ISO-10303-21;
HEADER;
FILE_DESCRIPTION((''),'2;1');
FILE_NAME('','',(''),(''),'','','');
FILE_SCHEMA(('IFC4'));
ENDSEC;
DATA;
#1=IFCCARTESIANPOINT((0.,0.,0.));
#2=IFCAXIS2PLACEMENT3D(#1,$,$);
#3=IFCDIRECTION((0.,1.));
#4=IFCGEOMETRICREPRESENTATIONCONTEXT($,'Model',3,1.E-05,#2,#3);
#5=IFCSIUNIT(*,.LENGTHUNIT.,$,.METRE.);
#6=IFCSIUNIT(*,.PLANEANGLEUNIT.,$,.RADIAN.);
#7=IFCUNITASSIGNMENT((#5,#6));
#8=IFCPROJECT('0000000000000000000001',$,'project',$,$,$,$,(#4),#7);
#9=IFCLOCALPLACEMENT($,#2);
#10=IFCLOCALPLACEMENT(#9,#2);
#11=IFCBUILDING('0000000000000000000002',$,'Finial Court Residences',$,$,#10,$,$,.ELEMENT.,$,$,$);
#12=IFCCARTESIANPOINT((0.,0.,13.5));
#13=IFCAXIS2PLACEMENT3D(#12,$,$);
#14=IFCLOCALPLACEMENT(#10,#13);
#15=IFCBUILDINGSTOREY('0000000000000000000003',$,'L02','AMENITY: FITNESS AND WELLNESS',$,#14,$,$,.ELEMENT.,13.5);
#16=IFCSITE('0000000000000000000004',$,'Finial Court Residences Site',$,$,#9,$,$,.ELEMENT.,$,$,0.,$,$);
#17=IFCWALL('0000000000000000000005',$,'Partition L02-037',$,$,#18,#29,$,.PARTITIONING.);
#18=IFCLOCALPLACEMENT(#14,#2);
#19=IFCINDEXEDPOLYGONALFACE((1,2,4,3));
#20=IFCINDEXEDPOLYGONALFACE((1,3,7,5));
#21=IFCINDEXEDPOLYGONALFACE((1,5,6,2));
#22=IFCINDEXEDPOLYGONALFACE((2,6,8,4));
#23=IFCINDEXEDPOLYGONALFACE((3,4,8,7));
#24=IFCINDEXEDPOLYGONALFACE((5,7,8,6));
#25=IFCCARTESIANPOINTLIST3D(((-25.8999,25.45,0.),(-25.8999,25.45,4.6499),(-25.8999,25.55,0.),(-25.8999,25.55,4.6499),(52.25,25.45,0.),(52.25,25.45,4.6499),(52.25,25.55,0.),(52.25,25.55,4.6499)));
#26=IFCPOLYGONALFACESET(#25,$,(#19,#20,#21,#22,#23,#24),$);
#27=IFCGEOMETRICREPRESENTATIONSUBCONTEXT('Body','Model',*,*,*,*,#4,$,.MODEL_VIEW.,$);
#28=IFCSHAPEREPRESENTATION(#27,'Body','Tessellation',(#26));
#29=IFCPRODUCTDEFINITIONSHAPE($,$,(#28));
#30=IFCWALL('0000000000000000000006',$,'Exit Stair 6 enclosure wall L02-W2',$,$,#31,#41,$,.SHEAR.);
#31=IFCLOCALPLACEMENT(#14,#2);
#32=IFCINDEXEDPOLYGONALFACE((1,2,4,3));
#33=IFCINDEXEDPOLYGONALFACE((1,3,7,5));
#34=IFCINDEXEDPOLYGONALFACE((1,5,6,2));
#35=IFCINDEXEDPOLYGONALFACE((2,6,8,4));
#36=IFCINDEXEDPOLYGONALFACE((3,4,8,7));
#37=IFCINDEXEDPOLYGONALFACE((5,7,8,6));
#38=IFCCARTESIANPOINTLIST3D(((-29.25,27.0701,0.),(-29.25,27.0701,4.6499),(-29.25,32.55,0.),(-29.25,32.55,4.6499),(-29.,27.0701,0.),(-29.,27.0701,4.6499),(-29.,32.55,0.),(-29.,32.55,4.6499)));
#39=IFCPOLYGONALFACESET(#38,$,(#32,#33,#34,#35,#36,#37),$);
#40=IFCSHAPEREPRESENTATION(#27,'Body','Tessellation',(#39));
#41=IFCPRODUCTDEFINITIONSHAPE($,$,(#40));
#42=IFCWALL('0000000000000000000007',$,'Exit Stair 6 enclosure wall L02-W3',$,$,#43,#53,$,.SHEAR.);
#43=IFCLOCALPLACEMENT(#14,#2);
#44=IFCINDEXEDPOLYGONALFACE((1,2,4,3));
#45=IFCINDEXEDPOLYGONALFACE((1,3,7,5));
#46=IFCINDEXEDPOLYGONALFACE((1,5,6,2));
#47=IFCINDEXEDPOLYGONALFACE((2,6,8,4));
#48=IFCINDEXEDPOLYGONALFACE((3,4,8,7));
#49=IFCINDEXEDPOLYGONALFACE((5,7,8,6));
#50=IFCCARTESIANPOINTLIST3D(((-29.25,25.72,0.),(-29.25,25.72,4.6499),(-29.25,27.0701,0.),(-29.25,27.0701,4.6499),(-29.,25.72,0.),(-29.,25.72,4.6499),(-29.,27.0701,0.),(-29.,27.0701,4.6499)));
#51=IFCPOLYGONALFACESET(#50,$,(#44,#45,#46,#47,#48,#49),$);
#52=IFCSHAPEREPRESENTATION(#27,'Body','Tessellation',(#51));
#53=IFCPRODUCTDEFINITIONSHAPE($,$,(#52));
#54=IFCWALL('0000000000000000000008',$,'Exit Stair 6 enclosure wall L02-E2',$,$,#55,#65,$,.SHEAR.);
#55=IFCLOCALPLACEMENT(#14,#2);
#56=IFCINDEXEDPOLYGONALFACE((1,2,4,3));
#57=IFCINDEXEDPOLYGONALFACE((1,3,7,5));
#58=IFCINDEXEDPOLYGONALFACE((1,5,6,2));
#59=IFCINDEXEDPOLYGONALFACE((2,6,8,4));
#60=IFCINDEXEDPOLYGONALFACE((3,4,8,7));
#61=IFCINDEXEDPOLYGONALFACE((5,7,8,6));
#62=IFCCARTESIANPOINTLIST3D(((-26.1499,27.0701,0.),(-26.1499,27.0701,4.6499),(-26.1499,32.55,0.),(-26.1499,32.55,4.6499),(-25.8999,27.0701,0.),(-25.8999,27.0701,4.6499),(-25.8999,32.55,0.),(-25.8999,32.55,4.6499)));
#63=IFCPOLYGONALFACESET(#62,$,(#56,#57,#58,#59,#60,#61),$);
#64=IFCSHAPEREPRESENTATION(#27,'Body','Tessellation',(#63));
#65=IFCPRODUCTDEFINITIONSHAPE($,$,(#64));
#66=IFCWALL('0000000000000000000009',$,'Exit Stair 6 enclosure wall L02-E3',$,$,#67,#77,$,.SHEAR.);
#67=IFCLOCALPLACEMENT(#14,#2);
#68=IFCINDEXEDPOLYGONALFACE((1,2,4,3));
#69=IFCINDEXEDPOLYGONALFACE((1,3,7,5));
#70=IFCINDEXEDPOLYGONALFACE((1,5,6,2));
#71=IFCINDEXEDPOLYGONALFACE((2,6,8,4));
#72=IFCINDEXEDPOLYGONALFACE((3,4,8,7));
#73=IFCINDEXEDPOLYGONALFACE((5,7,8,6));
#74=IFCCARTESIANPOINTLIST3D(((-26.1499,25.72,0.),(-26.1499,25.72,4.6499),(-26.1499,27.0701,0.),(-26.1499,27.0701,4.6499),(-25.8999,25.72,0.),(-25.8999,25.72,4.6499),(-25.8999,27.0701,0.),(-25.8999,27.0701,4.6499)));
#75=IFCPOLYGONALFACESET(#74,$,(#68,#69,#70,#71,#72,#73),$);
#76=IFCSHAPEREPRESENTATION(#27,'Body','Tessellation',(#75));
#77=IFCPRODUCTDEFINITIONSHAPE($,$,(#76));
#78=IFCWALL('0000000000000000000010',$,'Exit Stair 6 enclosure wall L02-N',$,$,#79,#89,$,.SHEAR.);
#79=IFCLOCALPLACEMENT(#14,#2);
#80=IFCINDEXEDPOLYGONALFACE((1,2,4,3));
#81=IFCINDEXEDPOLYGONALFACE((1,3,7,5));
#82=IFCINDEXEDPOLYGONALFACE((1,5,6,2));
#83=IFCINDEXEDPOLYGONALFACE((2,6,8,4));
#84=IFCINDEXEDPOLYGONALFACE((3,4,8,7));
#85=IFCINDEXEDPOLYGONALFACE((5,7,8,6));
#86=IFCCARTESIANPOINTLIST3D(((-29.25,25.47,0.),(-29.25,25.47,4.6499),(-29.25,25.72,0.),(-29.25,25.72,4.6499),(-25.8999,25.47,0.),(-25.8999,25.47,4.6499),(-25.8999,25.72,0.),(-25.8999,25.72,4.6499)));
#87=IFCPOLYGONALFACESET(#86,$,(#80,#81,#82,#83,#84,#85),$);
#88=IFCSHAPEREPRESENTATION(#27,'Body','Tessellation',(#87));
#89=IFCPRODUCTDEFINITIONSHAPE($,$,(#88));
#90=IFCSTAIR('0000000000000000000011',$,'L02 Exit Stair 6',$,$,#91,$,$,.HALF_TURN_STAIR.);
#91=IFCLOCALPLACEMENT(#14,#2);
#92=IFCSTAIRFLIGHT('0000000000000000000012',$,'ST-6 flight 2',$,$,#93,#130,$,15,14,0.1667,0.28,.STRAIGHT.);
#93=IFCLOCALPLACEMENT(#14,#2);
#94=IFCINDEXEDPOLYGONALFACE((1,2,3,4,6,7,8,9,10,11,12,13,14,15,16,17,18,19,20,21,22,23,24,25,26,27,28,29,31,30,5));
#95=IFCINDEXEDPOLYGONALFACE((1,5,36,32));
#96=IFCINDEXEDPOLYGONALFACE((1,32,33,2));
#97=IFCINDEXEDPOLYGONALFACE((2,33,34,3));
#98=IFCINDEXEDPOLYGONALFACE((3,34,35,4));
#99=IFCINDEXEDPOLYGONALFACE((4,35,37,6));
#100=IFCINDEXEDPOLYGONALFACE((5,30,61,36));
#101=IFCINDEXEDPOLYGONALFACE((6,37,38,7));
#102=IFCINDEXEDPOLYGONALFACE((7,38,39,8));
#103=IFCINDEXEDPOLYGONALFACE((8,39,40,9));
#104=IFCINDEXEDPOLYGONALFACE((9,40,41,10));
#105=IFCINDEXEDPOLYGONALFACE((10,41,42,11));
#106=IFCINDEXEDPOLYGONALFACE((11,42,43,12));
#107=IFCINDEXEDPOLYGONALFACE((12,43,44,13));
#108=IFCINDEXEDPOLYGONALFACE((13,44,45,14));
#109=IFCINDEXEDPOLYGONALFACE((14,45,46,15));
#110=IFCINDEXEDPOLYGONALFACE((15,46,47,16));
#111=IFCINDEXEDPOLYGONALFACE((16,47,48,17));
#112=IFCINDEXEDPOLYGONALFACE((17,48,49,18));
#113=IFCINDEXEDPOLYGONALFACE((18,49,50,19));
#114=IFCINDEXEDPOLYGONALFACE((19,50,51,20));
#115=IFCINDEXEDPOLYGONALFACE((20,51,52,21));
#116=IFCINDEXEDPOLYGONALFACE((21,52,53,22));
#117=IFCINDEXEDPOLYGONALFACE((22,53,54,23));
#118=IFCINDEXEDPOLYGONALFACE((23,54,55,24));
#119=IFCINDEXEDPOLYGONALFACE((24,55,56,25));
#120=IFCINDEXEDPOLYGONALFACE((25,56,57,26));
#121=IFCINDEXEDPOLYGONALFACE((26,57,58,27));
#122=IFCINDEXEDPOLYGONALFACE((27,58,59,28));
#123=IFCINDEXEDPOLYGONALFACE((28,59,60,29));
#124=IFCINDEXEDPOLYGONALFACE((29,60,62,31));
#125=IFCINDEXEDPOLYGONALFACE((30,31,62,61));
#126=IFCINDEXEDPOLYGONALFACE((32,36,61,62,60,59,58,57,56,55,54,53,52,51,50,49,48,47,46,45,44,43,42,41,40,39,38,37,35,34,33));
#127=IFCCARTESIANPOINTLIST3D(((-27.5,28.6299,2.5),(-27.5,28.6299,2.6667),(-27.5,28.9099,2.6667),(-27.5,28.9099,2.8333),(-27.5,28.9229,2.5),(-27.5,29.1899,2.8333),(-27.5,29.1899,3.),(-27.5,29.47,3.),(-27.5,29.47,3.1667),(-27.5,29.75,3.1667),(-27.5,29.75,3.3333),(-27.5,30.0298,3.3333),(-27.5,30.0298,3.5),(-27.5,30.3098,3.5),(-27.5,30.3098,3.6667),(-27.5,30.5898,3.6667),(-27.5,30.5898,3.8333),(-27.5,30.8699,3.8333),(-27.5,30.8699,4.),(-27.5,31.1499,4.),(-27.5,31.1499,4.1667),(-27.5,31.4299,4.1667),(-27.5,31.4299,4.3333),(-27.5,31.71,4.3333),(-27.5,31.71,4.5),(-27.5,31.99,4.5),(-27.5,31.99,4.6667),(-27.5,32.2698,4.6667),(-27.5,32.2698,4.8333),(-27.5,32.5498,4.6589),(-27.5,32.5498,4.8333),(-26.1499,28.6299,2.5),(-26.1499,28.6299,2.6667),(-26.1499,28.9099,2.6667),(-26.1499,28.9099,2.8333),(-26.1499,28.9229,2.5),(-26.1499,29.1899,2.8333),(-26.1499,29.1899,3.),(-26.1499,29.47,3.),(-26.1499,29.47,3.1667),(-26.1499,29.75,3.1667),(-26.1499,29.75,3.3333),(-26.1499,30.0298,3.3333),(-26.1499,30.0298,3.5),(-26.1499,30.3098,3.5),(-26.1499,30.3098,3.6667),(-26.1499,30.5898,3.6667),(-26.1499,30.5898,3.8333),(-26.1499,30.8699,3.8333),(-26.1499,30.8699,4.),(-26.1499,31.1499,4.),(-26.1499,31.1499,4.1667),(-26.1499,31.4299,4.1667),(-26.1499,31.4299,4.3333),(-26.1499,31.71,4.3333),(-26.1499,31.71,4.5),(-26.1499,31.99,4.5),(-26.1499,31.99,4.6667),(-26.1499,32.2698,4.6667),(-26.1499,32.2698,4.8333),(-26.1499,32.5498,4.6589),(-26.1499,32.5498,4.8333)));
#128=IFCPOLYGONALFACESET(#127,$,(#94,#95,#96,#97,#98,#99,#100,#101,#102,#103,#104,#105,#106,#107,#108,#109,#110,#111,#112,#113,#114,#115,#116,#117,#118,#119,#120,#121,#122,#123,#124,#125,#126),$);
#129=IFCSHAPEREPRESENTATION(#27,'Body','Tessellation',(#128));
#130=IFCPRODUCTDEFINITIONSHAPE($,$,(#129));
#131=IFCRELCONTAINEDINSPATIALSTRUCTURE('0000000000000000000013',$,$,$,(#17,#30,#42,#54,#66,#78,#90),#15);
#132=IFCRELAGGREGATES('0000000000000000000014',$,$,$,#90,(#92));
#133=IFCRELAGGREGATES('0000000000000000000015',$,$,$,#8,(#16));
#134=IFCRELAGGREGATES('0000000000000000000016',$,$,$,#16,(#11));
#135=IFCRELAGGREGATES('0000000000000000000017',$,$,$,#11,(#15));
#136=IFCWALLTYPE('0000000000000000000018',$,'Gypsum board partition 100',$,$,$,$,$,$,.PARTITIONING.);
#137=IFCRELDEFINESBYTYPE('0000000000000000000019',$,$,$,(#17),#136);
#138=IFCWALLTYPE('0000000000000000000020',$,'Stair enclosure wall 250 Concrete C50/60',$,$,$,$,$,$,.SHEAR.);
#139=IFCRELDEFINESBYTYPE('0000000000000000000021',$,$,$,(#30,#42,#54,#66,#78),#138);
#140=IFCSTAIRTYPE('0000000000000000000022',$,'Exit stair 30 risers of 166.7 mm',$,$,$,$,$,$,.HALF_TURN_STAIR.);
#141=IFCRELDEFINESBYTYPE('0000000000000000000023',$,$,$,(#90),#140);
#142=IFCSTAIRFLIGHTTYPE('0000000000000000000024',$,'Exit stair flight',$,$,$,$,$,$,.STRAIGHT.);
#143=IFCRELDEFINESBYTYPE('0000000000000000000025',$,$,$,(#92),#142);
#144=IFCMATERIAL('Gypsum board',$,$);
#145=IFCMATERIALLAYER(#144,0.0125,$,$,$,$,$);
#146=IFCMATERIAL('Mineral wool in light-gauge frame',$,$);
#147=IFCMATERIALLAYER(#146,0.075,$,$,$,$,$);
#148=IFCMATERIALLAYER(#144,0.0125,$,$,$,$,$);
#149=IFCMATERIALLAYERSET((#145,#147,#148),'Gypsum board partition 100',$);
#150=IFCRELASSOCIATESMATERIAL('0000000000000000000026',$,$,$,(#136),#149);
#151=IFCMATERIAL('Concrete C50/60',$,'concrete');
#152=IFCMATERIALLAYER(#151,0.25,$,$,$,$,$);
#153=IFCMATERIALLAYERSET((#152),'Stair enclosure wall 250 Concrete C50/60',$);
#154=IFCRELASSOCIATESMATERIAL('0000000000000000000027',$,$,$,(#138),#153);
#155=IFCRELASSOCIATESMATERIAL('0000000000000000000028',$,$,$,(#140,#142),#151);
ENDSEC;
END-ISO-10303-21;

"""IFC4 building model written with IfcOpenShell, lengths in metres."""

from ifc_helpers import new_model, si_unit, direction, frame, frame_2d, origin, place, context, subcontext, project, spatial, polyline, rectangle, outline, extrude, material, layer, layer_set, type_object, element, aggregate, save


model = new_model("IFC4")

# Units and contexts
model_context = context("Model", 3, precision=1e-05, world=origin(), true_north=direction((0.0, 1.0)))
body_context = subcontext(model_context, "Body", "Model", "MODEL_VIEW")
ifc_project = project(units=[si_unit("LENGTHUNIT", "METRE"), si_unit("PLANEANGLEUNIT", "RADIAN")], contexts=[model_context])

# Site, building, storey
site_placement = place(None, origin())
site = spatial("IfcSite", under=ifc_project, at=site_placement, Name="Finial Court Residences Site", CompositionType="ELEMENT", RefElevation=0.0)
building_placement = place(site_placement, origin())
building = spatial("IfcBuilding", under=site, at=building_placement, Name="Finial Court Residences", CompositionType="ELEMENT")
storey_placement = place(building_placement, frame((0.0, 0.0, 13.5)))
storey = spatial("IfcBuildingStorey", under=building, at=storey_placement, Name="L02", Description="AMENITY: FITNESS AND WELLNESS", CompositionType="ELEMENT", Elevation=13.5)

# Shared definitions
ifc_material_1 = material(Name="Concrete C50/60", Category="concrete")

# Shared definitions
ifc_material_2 = material(Name="Gypsum board")

# Walls
ifc_layer_1 = layer(ifc_material_2, 0.0125)
ifc_material_3 = material(Name="Mineral wool in light-gauge frame")
ifc_layer_2 = layer(ifc_material_3, 0.075)
ifc_layer_3 = layer(ifc_material_2, 0.0125)
ifc_layer_set_1 = layer_set([ifc_layer_1, ifc_layer_2, ifc_layer_3], Name="Gypsum board partition 100")
wall_type_1 = type_object("IfcWallType", Name="Gypsum board partition 100", PredefinedType="PARTITIONING", material=ifc_layer_set_1)
wall_1_placement = place(storey_placement, frame((-25.8999, 25.5, 0.0), z_axis=(0.0, 0.0, 1.0), x_axis=(1.0, 0.0, 0.0)))
element("IfcWall", 1, at=wall_1_placement, inside=storey, type_object=wall_type_1, Name="Partition L02-037", PredefinedType="PARTITIONING", context=body_context, shape_type="SweptSolid", body=[
    extrude(rectangle(XDim=78.1499, YDim=0.1001, at=frame_2d((39.075, 0.0))), origin(), (0.0, 0.0, 1.0), 4.6499),
])
ifc_layer_4 = layer(ifc_material_1, 0.25)
ifc_layer_set_2 = layer_set([ifc_layer_4], Name="Stair enclosure wall 250 Concrete C50/60")
wall_type_2 = type_object("IfcWallType", Name="Stair enclosure wall 250 Concrete C50/60", PredefinedType="SHEAR", material=ifc_layer_set_2)
wall_2_placement = place(storey_placement, frame((-29.125, 27.0701, 0.0), z_axis=(0.0, 0.0, 1.0), x_axis=(0.0, 1.0, 0.0)))
element("IfcWall", 2, at=wall_2_placement, inside=storey, type_object=wall_type_2, Name="Exit Stair 6 enclosure wall L02-W2", PredefinedType="SHEAR", context=body_context, shape_type="SweptSolid", body=[
    extrude(rectangle(XDim=5.48, YDim=0.25, at=frame_2d((2.74, 0.0))), origin(), (0.0, 0.0, 1.0), 4.6499),
])
wall_3_placement = place(storey_placement, frame((-29.125, 25.72, 0.0), z_axis=(0.0, 0.0, 1.0), x_axis=(0.0, 1.0, 0.0)))
element("IfcWall", 3, at=wall_3_placement, inside=storey, type_object=wall_type_2, Name="Exit Stair 6 enclosure wall L02-W3", PredefinedType="SHEAR", context=body_context, shape_type="SweptSolid", body=[
    extrude(rectangle(XDim=1.3501, YDim=0.25, at=frame_2d((0.675, 0.0))), origin(), (0.0, 0.0, 1.0), 4.6499),
])
wall_4_placement = place(storey_placement, frame((-26.0249, 27.0701, 0.0), z_axis=(0.0, 0.0, 1.0), x_axis=(0.0, 1.0, 0.0)))
element("IfcWall", 4, at=wall_4_placement, inside=storey, type_object=wall_type_2, Name="Exit Stair 6 enclosure wall L02-E2", PredefinedType="SHEAR", context=body_context, shape_type="SweptSolid", body=[
    extrude(rectangle(XDim=5.48, YDim=0.25, at=frame_2d((2.74, 0.0))), origin(), (0.0, 0.0, 1.0), 4.6499),
])
wall_5_placement = place(storey_placement, frame((-26.0249, 25.72, 0.0), z_axis=(0.0, 0.0, 1.0), x_axis=(0.0, 1.0, 0.0)))
element("IfcWall", 5, at=wall_5_placement, inside=storey, type_object=wall_type_2, Name="Exit Stair 6 enclosure wall L02-E3", PredefinedType="SHEAR", context=body_context, shape_type="SweptSolid", body=[
    extrude(rectangle(XDim=1.3501, YDim=0.25, at=frame_2d((0.675, 0.0))), origin(), (0.0, 0.0, 1.0), 4.6499),
])
wall_6_placement = place(storey_placement, frame((-29.25, 25.595, 0.0), z_axis=(0.0, 0.0, 1.0), x_axis=(1.0, 0.0, 0.0)))
element("IfcWall", 6, at=wall_6_placement, inside=storey, type_object=wall_type_2, Name="Exit Stair 6 enclosure wall L02-N", PredefinedType="SHEAR", context=body_context, shape_type="SweptSolid", body=[
    extrude(rectangle(XDim=3.3501, YDim=0.25, at=frame_2d((1.675, 0.0))), origin(), (0.0, 0.0, 1.0), 4.6499),
])

# Stair, stair flight
stair_type = type_object("IfcStairType", Name="Exit stair 30 risers of 166.7 mm", PredefinedType="HALF_TURN_STAIR", material=ifc_material_1)
stair_placement = place(storey_placement, origin())
stair = element("IfcStair", 7, at=stair_placement, inside=storey, type_object=stair_type, Name="L02 Exit Stair 6", PredefinedType="HALF_TURN_STAIR")
stair_flight_type = type_object("IfcStairFlightType", Name="Exit stair flight", PredefinedType="STRAIGHT", material=ifc_material_1)
stair_flight_placement = place(storey_placement, frame((-26.825, 28.6299, 2.5), z_axis=(0.0, 0.0, 1.0), x_axis=(0.0, 1.0, 0.0)))
stair_flight = element("IfcStairFlight", 8, at=stair_flight_placement, type_object=stair_flight_type, Name="ST-6 flight 2", NumberOfRisers=15, NumberOfTreads=14, PredefinedType="STRAIGHT", RiserHeight=0.1667, TreadLength=0.28, context=body_context, shape_type="SweptSolid", body=[
    extrude(outline(polyline([(0.0, 0.0), (0.0, 0.1667), (0.28, 0.1667), (0.28, 0.3333), (0.5601, 0.3333), (0.5601, 0.5), (0.8401, 0.5), (0.8401, 0.6667), (1.1201, 0.6667), (1.1201, 0.8333), (1.3999, 0.8333), (1.3999, 1.0), (1.6799, 1.0), (1.6799, 1.1667), (1.96, 1.1667), (1.96, 1.3333), (2.24, 1.3333), (2.24, 1.5), (2.52, 1.5), (2.52, 1.6667), (2.8, 1.6667), (2.8, 1.8333), (3.0801, 1.8333), (3.0801, 2.0), (3.3601, 2.0), (3.3601, 2.1667), (3.6399, 2.1667), (3.6399, 2.3333), (3.9199, 2.3333), (3.9199, 2.5), (3.9199, 2.1589), (0.293, 0.0), (0.0, 0.0)])), frame((0.0, 0.675, 0.0), z_axis=(0.0, -1.0, 0.0), x_axis=(1.0, 0.0, 0.0)), (0.0, 0.0, 1.0), 1.3501),
])
aggregate(stair, [stair_flight])

save(model, "model.ifc")
